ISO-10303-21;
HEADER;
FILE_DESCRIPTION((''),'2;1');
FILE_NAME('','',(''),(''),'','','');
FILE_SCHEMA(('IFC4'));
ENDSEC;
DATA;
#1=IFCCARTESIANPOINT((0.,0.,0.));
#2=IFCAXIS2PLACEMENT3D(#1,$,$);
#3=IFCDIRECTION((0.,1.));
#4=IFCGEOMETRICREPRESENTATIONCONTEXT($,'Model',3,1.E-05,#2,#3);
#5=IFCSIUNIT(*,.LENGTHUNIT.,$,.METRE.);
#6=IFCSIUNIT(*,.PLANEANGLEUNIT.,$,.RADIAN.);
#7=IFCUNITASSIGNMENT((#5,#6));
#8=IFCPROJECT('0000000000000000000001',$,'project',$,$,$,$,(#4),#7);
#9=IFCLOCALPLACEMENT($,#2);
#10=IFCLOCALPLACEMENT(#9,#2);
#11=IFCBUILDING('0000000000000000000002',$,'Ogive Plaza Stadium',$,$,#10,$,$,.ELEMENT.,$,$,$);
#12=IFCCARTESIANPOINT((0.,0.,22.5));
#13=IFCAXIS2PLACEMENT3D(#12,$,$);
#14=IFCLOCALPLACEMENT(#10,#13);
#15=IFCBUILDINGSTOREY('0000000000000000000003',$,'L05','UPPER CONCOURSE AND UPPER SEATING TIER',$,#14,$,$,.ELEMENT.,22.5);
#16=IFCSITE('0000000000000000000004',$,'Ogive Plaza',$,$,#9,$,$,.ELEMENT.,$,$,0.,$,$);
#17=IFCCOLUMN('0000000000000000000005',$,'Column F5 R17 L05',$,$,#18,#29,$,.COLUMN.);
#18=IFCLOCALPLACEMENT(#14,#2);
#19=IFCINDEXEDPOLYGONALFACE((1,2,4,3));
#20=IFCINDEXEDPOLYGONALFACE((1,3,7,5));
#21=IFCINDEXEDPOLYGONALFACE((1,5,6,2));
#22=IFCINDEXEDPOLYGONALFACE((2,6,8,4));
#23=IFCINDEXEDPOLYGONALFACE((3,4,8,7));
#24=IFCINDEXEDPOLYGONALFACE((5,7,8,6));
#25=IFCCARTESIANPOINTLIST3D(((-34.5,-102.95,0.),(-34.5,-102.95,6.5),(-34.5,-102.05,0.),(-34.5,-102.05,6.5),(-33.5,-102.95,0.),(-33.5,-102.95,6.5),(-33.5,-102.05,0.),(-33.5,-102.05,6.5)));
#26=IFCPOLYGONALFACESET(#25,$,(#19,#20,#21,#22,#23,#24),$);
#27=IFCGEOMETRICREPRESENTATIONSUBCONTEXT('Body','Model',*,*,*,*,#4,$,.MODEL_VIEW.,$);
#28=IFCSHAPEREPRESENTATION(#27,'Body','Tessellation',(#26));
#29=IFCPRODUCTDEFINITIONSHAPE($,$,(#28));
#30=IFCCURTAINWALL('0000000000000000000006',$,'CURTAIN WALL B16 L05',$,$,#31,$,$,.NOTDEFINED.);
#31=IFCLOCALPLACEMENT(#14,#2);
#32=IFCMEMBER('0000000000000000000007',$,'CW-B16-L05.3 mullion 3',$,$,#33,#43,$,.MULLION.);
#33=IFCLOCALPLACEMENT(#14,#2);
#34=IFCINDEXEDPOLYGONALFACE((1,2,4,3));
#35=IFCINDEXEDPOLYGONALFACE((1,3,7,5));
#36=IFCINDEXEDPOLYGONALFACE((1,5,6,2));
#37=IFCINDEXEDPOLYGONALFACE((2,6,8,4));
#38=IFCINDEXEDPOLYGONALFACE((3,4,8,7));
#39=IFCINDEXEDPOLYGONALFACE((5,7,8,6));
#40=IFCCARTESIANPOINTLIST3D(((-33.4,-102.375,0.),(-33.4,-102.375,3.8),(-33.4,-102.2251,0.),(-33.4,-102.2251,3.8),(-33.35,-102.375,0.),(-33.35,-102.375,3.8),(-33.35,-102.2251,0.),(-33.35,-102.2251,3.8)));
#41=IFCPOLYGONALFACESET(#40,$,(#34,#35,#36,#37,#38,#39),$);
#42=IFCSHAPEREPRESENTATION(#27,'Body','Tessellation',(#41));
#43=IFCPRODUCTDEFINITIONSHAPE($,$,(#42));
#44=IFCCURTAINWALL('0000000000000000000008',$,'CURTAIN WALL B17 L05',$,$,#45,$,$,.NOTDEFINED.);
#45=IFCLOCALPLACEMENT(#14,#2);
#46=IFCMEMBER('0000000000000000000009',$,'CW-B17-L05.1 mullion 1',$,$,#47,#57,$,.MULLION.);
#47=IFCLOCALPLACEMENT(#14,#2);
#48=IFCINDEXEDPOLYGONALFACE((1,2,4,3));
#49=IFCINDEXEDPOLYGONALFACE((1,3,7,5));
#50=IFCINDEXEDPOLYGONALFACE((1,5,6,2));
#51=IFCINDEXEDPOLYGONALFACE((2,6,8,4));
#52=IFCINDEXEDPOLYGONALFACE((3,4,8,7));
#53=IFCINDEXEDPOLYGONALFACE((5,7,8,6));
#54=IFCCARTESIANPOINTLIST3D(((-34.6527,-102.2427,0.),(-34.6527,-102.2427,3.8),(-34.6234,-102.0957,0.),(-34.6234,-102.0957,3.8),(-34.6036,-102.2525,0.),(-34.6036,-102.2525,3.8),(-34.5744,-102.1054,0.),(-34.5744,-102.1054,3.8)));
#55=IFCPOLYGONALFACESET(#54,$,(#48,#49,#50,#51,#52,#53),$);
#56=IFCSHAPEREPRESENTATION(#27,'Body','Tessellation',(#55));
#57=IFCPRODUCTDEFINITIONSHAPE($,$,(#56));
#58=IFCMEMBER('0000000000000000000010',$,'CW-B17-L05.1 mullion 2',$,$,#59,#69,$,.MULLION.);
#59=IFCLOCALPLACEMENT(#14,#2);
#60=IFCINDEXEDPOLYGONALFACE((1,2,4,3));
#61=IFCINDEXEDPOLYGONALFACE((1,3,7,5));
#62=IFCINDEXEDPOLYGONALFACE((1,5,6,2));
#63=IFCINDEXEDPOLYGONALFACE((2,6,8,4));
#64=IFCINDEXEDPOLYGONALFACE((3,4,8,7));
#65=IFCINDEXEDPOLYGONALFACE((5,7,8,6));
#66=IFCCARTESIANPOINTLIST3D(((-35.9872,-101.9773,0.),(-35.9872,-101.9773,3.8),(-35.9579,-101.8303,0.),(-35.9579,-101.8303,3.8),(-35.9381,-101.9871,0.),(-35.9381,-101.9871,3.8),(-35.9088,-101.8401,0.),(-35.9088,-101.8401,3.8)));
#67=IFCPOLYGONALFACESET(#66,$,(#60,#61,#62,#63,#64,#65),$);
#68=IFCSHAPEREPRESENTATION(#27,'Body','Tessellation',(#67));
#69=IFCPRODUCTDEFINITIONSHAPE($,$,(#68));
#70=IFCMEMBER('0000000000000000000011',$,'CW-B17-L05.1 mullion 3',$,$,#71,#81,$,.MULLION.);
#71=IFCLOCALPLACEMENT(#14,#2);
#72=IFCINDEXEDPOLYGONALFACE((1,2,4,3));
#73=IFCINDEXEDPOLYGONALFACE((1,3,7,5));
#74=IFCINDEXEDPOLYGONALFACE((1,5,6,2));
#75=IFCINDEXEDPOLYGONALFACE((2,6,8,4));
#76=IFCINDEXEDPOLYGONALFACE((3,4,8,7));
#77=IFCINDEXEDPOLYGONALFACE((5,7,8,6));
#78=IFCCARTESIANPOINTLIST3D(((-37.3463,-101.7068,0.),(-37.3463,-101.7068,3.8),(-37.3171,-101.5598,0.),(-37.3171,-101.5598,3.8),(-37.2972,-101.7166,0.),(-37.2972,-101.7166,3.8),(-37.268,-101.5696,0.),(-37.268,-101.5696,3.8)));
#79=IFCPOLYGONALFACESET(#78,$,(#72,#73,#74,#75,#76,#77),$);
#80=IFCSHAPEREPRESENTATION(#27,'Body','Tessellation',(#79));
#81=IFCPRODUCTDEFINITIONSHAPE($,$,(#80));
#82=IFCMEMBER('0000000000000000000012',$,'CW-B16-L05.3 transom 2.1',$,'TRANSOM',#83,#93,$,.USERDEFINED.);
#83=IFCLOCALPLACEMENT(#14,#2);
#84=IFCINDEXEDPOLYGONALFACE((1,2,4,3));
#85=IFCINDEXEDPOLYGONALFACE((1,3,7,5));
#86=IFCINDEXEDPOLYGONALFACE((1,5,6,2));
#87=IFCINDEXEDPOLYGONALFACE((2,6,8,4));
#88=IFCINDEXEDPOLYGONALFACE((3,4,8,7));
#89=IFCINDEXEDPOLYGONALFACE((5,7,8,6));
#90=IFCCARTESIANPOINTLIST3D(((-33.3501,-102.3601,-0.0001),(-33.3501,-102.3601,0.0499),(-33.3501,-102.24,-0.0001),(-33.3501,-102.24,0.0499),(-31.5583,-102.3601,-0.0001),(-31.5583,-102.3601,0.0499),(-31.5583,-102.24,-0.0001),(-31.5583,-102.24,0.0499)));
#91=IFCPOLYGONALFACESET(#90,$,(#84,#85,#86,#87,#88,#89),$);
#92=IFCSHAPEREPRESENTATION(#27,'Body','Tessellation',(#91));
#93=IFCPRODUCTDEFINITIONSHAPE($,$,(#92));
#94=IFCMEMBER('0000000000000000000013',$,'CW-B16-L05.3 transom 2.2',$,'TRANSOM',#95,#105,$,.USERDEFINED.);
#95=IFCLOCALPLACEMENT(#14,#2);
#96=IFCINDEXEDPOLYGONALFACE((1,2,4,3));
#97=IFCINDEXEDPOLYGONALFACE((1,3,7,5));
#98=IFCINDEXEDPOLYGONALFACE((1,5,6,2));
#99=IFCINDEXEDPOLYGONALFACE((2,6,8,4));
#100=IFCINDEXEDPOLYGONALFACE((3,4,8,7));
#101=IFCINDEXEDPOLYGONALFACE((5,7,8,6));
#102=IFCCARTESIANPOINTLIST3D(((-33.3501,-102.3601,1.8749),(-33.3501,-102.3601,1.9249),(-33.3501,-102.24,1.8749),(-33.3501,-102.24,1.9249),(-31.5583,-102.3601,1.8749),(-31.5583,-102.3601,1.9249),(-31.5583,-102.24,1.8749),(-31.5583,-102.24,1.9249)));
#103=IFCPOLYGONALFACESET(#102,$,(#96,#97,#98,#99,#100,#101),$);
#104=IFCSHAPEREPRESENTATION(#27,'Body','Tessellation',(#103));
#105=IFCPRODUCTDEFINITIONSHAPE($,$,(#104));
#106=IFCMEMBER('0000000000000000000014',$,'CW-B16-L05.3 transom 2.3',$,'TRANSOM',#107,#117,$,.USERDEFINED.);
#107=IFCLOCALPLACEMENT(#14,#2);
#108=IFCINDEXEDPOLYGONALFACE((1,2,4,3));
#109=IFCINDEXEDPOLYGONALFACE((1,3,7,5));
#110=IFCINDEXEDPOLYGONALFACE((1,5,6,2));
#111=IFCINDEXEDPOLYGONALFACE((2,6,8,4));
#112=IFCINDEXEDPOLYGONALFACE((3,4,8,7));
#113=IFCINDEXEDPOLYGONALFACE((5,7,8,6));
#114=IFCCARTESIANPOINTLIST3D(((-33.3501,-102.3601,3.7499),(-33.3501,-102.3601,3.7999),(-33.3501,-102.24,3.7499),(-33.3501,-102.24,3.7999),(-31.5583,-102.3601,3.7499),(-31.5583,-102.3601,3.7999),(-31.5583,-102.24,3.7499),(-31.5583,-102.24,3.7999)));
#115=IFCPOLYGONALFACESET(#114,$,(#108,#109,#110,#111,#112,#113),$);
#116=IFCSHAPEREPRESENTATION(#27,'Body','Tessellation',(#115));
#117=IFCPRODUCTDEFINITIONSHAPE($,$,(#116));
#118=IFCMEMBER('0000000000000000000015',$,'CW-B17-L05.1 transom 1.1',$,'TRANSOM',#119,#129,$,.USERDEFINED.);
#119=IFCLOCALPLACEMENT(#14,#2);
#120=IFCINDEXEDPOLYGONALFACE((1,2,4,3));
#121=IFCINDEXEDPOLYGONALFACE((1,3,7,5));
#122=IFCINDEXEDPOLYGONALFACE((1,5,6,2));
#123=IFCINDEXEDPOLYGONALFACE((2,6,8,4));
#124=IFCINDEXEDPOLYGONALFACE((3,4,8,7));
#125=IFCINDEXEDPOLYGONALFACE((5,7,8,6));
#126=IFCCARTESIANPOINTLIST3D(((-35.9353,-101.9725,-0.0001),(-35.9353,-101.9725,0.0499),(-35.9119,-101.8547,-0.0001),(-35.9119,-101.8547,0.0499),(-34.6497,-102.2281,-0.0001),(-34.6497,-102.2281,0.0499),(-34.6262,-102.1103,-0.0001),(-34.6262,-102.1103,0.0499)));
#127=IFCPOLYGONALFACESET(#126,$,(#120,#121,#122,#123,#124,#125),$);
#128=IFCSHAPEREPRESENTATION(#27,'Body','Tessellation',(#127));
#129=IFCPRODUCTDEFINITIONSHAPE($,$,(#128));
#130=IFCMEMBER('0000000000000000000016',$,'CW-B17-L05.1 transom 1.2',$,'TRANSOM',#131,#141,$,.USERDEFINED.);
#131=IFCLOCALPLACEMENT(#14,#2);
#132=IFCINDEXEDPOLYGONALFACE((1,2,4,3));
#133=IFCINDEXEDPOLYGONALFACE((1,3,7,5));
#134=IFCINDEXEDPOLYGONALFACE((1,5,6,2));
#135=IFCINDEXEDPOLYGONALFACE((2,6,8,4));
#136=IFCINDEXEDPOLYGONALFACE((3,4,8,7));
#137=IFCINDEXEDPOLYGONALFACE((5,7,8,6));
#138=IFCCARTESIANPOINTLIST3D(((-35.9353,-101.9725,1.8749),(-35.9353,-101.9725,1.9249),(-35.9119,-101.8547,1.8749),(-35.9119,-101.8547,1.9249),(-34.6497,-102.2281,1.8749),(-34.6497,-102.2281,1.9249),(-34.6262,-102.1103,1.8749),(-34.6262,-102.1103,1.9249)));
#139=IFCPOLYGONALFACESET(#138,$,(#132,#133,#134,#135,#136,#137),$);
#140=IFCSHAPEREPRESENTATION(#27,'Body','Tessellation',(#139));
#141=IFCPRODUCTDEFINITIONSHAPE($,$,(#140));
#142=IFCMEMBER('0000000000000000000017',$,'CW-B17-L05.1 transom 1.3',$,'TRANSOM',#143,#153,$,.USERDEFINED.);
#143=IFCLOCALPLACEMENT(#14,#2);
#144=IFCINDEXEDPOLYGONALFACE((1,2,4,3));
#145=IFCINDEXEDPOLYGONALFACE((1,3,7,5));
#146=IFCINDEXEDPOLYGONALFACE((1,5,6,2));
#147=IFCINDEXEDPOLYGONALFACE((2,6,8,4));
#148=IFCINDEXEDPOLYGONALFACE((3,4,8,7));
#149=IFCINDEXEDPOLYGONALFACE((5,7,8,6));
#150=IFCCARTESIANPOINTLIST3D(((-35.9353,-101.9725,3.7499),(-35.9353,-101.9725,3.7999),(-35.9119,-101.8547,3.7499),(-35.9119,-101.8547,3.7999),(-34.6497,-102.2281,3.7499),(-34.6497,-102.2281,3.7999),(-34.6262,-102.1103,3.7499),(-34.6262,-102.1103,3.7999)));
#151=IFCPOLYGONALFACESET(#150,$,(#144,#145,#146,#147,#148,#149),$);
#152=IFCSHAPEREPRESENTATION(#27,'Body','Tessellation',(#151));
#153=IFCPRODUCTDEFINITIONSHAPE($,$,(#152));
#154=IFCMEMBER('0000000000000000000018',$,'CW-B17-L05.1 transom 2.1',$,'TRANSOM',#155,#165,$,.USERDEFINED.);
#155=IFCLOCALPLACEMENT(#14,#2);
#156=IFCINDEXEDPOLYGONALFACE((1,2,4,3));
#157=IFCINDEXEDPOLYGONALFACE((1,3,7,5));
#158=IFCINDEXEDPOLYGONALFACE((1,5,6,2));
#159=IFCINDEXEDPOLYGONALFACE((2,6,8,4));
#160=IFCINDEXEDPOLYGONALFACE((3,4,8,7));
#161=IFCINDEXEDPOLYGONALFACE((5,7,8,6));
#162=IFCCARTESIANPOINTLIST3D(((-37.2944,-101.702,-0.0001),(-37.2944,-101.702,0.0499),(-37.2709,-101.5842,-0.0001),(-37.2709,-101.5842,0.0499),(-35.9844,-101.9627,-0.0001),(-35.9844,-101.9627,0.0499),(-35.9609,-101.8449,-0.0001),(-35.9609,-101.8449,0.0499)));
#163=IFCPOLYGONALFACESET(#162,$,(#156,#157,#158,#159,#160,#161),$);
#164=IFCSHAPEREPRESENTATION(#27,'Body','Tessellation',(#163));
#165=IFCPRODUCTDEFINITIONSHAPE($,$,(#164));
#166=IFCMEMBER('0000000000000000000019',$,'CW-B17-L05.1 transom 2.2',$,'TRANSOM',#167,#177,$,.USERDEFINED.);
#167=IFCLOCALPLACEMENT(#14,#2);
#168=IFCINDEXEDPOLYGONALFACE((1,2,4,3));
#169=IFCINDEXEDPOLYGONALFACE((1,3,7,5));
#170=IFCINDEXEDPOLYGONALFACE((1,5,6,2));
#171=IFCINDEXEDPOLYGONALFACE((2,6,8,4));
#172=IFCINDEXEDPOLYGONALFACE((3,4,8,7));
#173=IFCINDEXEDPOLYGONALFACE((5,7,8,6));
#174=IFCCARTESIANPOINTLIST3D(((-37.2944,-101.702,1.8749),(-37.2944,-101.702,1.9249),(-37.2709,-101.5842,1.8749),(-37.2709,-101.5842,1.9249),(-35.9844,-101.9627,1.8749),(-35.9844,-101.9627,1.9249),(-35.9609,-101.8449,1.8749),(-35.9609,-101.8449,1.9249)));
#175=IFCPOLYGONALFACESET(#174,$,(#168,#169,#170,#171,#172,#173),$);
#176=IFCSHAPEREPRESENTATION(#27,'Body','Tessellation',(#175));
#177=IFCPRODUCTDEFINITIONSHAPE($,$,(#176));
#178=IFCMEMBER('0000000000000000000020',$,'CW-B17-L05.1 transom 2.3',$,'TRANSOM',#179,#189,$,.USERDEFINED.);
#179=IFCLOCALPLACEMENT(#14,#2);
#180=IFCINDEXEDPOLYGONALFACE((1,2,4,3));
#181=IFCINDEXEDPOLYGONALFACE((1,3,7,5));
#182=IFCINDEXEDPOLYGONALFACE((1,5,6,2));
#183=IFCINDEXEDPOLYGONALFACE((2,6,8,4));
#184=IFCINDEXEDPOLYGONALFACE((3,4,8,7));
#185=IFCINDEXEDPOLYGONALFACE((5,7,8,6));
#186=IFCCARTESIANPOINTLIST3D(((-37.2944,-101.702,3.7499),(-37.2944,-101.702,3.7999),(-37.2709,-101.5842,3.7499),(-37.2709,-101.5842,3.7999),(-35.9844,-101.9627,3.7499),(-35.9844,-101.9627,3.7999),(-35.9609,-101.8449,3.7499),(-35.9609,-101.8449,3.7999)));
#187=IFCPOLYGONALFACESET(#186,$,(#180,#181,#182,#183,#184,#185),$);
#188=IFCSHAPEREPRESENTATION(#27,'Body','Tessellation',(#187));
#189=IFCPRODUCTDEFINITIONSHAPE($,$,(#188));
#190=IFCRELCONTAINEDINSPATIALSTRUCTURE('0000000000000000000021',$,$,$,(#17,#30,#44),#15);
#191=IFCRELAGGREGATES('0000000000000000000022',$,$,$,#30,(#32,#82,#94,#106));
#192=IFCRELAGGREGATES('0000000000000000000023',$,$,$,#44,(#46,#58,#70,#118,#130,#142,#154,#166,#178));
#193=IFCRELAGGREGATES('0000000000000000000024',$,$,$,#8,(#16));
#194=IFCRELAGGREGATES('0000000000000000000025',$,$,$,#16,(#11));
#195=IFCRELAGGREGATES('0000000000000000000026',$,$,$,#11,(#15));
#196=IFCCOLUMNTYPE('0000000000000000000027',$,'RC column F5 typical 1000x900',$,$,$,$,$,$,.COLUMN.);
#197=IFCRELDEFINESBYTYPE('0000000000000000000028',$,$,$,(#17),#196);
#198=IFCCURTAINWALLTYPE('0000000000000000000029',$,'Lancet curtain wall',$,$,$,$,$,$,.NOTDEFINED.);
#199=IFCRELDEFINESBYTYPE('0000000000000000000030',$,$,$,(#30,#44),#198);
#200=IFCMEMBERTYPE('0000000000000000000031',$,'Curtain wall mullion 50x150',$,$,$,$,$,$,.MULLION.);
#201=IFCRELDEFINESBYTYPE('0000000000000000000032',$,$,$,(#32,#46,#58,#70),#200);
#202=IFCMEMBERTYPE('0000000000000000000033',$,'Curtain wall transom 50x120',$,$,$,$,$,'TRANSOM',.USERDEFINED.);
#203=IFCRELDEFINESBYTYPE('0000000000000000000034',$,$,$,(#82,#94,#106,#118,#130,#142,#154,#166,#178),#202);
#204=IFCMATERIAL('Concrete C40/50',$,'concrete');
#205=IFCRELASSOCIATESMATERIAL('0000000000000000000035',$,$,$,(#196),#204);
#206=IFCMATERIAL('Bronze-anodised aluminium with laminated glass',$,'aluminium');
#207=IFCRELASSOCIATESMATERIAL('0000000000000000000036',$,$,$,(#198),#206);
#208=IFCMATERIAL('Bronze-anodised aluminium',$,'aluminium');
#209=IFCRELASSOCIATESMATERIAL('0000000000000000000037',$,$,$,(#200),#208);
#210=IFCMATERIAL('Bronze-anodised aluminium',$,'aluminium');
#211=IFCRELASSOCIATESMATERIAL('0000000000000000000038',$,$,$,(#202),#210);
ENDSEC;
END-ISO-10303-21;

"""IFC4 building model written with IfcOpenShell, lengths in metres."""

from ifc_helpers import new_model, si_unit, direction, frame, origin, origin_2d, place, context, subcontext, project, spatial, rectangle, extrude, material, material_profile, profile_set, type_object, element, aggregate, save


model = new_model("IFC4")

# Units and contexts
model_context = context("Model", 3, precision=1e-05, world=origin(), true_north=direction((0.0, 1.0)))
body_context = subcontext(model_context, "Body", "Model", "MODEL_VIEW")
ifc_project = project(units=[si_unit("LENGTHUNIT", "METRE"), si_unit("PLANEANGLEUNIT", "RADIAN")], contexts=[model_context])

# Site, building, storey
site_placement = place(None, origin())
site = spatial("IfcSite", under=ifc_project, at=site_placement, Name="Ogive Plaza", CompositionType="ELEMENT", RefElevation=0.0)
building_placement = place(site_placement, origin())
building = spatial("IfcBuilding", under=site, at=building_placement, Name="Ogive Plaza Stadium", CompositionType="ELEMENT")
storey_placement = place(building_placement, frame((0.0, 0.0, 22.5)))
storey = spatial("IfcBuildingStorey", under=building, at=storey_placement, Name="L05", Description="UPPER CONCOURSE AND UPPER SEATING TIER", CompositionType="ELEMENT", Elevation=22.5)

# Column
ifc_material_1 = material(Name="Concrete C40/50", Category="concrete")
ifc_material_profile_1 = material_profile(ifc_material_1, rectangle(XDim=1.0, YDim=0.8999, at=origin_2d()), Name="RC 1000x900")
ifc_profile_set_1 = profile_set([ifc_material_profile_1], Name="Concrete C40/50")
column_type = type_object("IfcColumnType", Name="RC column F5 typical 1000x900", PredefinedType="COLUMN", material=ifc_profile_set_1)
column_placement = place(storey_placement, frame((-34.0, -102.5, 0.0), z_axis=(0.0, 0.0, 1.0), x_axis=(1.0, 0.0, 0.0)))
element("IfcColumn", 1, at=column_placement, inside=storey, type_object=column_type, Name="Column F5 R17 L05", PredefinedType="COLUMN", context=body_context, shape_type="SweptSolid", body=[
    extrude(rectangle(XDim=1.0, YDim=0.8999, at=origin_2d()), origin(), (0.0, 0.0, 1.0), 6.5),
])

# Curtain wall, member
ifc_material_2 = material(Name="Bronze-anodised aluminium with laminated glass", Category="aluminium")
curtain_wall_type = type_object("IfcCurtainWallType", Name="Lancet curtain wall", PredefinedType="NOTDEFINED", material=ifc_material_2)
curtain_wall_1_placement = place(storey_placement, origin())
curtain_wall_1 = element("IfcCurtainWall", 2, at=curtain_wall_1_placement, inside=storey, type_object=curtain_wall_type, Name="CURTAIN WALL B16 L05", PredefinedType="NOTDEFINED")
ifc_material_3 = material(Name="Bronze-anodised aluminium", Category="aluminium")
ifc_material_profile_2 = material_profile(ifc_material_3, rectangle(XDim=0.1499, YDim=0.05, at=origin_2d()), Name="AL 150x50")
ifc_profile_set_2 = profile_set([ifc_material_profile_2], Name="Bronze-anodised aluminium")
member_type_1 = type_object("IfcMemberType", Name="Curtain wall mullion 50x150", PredefinedType="MULLION", material=ifc_profile_set_2)
member_1_placement = place(storey_placement, frame((-33.375, -102.3, 0.0), z_axis=(0.0, 0.0, 1.0), x_axis=(0.0, -1.0, 0.0)))
member_1 = element("IfcMember", 3, at=member_1_placement, type_object=member_type_1, Name="CW-B16-L05.3 mullion 3", PredefinedType="MULLION", context=body_context, shape_type="SweptSolid", body=[
    extrude(rectangle(XDim=0.1499, YDim=0.05, at=origin_2d()), origin(), (0.0, 0.0, 1.0), 3.8),
])

# Curtain wall, members
curtain_wall_2_placement = place(storey_placement, origin())
curtain_wall_2 = element("IfcCurtainWall", 4, at=curtain_wall_2_placement, inside=storey, type_object=curtain_wall_type, Name="CURTAIN WALL B17 L05", PredefinedType="NOTDEFINED")
member_2_placement = place(storey_placement, frame((-34.6135, -102.1741, 0.0), z_axis=(0.0, 0.0, 1.0), x_axis=(-0.19509, -0.980785, 0.0)))
member_2 = element("IfcMember", 5, at=member_2_placement, type_object=member_type_1, Name="CW-B17-L05.1 mullion 1", PredefinedType="MULLION", context=body_context, shape_type="SweptSolid", body=[
    extrude(rectangle(XDim=0.1499, YDim=0.05, at=origin_2d()), origin(), (0.0, 0.0, 1.0), 3.8),
])
member_3_placement = place(storey_placement, frame((-35.948, -101.9087, 0.0), z_axis=(0.0, 0.0, 1.0), x_axis=(-0.19509, -0.980785, 0.0)))
member_3 = element("IfcMember", 6, at=member_3_placement, type_object=member_type_1, Name="CW-B17-L05.1 mullion 2", PredefinedType="MULLION", context=body_context, shape_type="SweptSolid", body=[
    extrude(rectangle(XDim=0.1499, YDim=0.05, at=origin_2d()), origin(), (0.0, 0.0, 1.0), 3.8),
])
member_4_placement = place(storey_placement, frame((-37.3071, -101.6382, 0.0), z_axis=(0.0, 0.0, 1.0), x_axis=(-0.19509, -0.980785, 0.0)))
member_4 = element("IfcMember", 7, at=member_4_placement, type_object=member_type_1, Name="CW-B17-L05.1 mullion 3", PredefinedType="MULLION", context=body_context, shape_type="SweptSolid", body=[
    extrude(rectangle(XDim=0.1499, YDim=0.05, at=origin_2d()), origin(), (0.0, 0.0, 1.0), 3.8),
])

# Members
ifc_material_4 = material(Name="Bronze-anodised aluminium", Category="aluminium")
ifc_material_profile_3 = material_profile(ifc_material_4, rectangle(XDim=0.1201, YDim=0.05, at=origin_2d()), Name="AL 120x50")
ifc_profile_set_3 = profile_set([ifc_material_profile_3], Name="Bronze-anodised aluminium")
member_type_2 = type_object("IfcMemberType", Name="Curtain wall transom 50x120", ElementType="TRANSOM", PredefinedType="USERDEFINED", material=ifc_profile_set_3)
member_5_placement = place(storey_placement, frame((-31.5583, -102.3, 0.0249), z_axis=(-1.0, 0.0, 0.0), x_axis=(0.0, -1.0, 0.0)))
member_5 = element("IfcMember", 8, at=member_5_placement, type_object=member_type_2, Name="CW-B16-L05.3 transom 2.1", ObjectType="TRANSOM", PredefinedType="USERDEFINED", context=body_context, shape_type="SweptSolid", body=[
    extrude(rectangle(XDim=0.1201, YDim=0.05, at=origin_2d()), origin(), (0.0, 0.0, 1.0), 1.7917),
])
member_6_placement = place(storey_placement, frame((-31.5583, -102.3, 1.8999), z_axis=(-1.0, 0.0, 0.0), x_axis=(0.0, -1.0, 0.0)))
member_6 = element("IfcMember", 9, at=member_6_placement, type_object=member_type_2, Name="CW-B16-L05.3 transom 2.2", ObjectType="TRANSOM", PredefinedType="USERDEFINED", context=body_context, shape_type="SweptSolid", body=[
    extrude(rectangle(XDim=0.1201, YDim=0.05, at=origin_2d()), origin(), (0.0, 0.0, 1.0), 1.7917),
])
member_7_placement = place(storey_placement, frame((-31.5583, -102.3, 3.7749), z_axis=(-1.0, 0.0, 0.0), x_axis=(0.0, -1.0, 0.0)))
member_7 = element("IfcMember", 10, at=member_7_placement, type_object=member_type_2, Name="CW-B16-L05.3 transom 2.3", ObjectType="TRANSOM", PredefinedType="USERDEFINED", context=body_context, shape_type="SweptSolid", body=[
    extrude(rectangle(XDim=0.1201, YDim=0.05, at=origin_2d()), origin(), (0.0, 0.0, 1.0), 1.7917),
])
member_8_placement = place(storey_placement, frame((-34.6379, -102.1692, 0.0249), z_axis=(-0.980802, 0.195006, 0.0), x_axis=(-0.195006, -0.980802, 0.0)))
member_8 = element("IfcMember", 11, at=member_8_placement, type_object=member_type_2, Name="CW-B17-L05.1 transom 1.1", ObjectType="TRANSOM", PredefinedType="USERDEFINED", context=body_context, shape_type="SweptSolid", body=[
    extrude(rectangle(XDim=0.1201, YDim=0.05, at=origin_2d()), origin(), (0.0, 0.0, 1.0), 1.3108),
])
member_9_placement = place(storey_placement, frame((-34.6379, -102.1692, 1.8999), z_axis=(-0.980802, 0.195006, 0.0), x_axis=(-0.195006, -0.980802, 0.0)))
member_9 = element("IfcMember", 12, at=member_9_placement, type_object=member_type_2, Name="CW-B17-L05.1 transom 1.2", ObjectType="TRANSOM", PredefinedType="USERDEFINED", context=body_context, shape_type="SweptSolid", body=[
    extrude(rectangle(XDim=0.1201, YDim=0.05, at=origin_2d()), origin(), (0.0, 0.0, 1.0), 1.3108),
])
member_10_placement = place(storey_placement, frame((-34.6379, -102.1692, 3.7749), z_axis=(-0.980802, 0.195006, 0.0), x_axis=(-0.195006, -0.980802, 0.0)))
member_10 = element("IfcMember", 13, at=member_10_placement, type_object=member_type_2, Name="CW-B17-L05.1 transom 1.3", ObjectType="TRANSOM", PredefinedType="USERDEFINED", context=body_context, shape_type="SweptSolid", body=[
    extrude(rectangle(XDim=0.1201, YDim=0.05, at=origin_2d()), origin(), (0.0, 0.0, 1.0), 1.3108),
])
member_11_placement = place(storey_placement, frame((-35.9727, -101.9038, 0.0249), z_axis=(-0.980763, 0.195202, 0.0), x_axis=(-0.195202, -0.980763, 0.0)))
member_11 = element("IfcMember", 14, at=member_11_placement, type_object=member_type_2, Name="CW-B17-L05.1 transom 2.1", ObjectType="TRANSOM", PredefinedType="USERDEFINED", context=body_context, shape_type="SweptSolid", body=[
    extrude(rectangle(XDim=0.1201, YDim=0.05, at=origin_2d()), origin(), (0.0, 0.0, 1.0), 1.3357),
])
member_12_placement = place(storey_placement, frame((-35.9727, -101.9038, 1.8999), z_axis=(-0.980763, 0.195202, 0.0), x_axis=(-0.195202, -0.980763, 0.0)))
member_12 = element("IfcMember", 15, at=member_12_placement, type_object=member_type_2, Name="CW-B17-L05.1 transom 2.2", ObjectType="TRANSOM", PredefinedType="USERDEFINED", context=body_context, shape_type="SweptSolid", body=[
    extrude(rectangle(XDim=0.1201, YDim=0.05, at=origin_2d()), origin(), (0.0, 0.0, 1.0), 1.3357),
])
member_13_placement = place(storey_placement, frame((-35.9727, -101.9038, 3.7749), z_axis=(-0.980763, 0.195202, 0.0), x_axis=(-0.195202, -0.980763, 0.0)))
member_13 = element("IfcMember", 16, at=member_13_placement, type_object=member_type_2, Name="CW-B17-L05.1 transom 2.3", ObjectType="TRANSOM", PredefinedType="USERDEFINED", context=body_context, shape_type="SweptSolid", body=[
    extrude(rectangle(XDim=0.1201, YDim=0.05, at=origin_2d()), origin(), (0.0, 0.0, 1.0), 1.3357),
])

aggregate(curtain_wall_1, [member_1, member_5, member_6, member_7])
aggregate(curtain_wall_2, [member_2, member_3, member_4, member_8, member_9, member_10, member_11, member_12, member_13])

save(model, "model.ifc")
